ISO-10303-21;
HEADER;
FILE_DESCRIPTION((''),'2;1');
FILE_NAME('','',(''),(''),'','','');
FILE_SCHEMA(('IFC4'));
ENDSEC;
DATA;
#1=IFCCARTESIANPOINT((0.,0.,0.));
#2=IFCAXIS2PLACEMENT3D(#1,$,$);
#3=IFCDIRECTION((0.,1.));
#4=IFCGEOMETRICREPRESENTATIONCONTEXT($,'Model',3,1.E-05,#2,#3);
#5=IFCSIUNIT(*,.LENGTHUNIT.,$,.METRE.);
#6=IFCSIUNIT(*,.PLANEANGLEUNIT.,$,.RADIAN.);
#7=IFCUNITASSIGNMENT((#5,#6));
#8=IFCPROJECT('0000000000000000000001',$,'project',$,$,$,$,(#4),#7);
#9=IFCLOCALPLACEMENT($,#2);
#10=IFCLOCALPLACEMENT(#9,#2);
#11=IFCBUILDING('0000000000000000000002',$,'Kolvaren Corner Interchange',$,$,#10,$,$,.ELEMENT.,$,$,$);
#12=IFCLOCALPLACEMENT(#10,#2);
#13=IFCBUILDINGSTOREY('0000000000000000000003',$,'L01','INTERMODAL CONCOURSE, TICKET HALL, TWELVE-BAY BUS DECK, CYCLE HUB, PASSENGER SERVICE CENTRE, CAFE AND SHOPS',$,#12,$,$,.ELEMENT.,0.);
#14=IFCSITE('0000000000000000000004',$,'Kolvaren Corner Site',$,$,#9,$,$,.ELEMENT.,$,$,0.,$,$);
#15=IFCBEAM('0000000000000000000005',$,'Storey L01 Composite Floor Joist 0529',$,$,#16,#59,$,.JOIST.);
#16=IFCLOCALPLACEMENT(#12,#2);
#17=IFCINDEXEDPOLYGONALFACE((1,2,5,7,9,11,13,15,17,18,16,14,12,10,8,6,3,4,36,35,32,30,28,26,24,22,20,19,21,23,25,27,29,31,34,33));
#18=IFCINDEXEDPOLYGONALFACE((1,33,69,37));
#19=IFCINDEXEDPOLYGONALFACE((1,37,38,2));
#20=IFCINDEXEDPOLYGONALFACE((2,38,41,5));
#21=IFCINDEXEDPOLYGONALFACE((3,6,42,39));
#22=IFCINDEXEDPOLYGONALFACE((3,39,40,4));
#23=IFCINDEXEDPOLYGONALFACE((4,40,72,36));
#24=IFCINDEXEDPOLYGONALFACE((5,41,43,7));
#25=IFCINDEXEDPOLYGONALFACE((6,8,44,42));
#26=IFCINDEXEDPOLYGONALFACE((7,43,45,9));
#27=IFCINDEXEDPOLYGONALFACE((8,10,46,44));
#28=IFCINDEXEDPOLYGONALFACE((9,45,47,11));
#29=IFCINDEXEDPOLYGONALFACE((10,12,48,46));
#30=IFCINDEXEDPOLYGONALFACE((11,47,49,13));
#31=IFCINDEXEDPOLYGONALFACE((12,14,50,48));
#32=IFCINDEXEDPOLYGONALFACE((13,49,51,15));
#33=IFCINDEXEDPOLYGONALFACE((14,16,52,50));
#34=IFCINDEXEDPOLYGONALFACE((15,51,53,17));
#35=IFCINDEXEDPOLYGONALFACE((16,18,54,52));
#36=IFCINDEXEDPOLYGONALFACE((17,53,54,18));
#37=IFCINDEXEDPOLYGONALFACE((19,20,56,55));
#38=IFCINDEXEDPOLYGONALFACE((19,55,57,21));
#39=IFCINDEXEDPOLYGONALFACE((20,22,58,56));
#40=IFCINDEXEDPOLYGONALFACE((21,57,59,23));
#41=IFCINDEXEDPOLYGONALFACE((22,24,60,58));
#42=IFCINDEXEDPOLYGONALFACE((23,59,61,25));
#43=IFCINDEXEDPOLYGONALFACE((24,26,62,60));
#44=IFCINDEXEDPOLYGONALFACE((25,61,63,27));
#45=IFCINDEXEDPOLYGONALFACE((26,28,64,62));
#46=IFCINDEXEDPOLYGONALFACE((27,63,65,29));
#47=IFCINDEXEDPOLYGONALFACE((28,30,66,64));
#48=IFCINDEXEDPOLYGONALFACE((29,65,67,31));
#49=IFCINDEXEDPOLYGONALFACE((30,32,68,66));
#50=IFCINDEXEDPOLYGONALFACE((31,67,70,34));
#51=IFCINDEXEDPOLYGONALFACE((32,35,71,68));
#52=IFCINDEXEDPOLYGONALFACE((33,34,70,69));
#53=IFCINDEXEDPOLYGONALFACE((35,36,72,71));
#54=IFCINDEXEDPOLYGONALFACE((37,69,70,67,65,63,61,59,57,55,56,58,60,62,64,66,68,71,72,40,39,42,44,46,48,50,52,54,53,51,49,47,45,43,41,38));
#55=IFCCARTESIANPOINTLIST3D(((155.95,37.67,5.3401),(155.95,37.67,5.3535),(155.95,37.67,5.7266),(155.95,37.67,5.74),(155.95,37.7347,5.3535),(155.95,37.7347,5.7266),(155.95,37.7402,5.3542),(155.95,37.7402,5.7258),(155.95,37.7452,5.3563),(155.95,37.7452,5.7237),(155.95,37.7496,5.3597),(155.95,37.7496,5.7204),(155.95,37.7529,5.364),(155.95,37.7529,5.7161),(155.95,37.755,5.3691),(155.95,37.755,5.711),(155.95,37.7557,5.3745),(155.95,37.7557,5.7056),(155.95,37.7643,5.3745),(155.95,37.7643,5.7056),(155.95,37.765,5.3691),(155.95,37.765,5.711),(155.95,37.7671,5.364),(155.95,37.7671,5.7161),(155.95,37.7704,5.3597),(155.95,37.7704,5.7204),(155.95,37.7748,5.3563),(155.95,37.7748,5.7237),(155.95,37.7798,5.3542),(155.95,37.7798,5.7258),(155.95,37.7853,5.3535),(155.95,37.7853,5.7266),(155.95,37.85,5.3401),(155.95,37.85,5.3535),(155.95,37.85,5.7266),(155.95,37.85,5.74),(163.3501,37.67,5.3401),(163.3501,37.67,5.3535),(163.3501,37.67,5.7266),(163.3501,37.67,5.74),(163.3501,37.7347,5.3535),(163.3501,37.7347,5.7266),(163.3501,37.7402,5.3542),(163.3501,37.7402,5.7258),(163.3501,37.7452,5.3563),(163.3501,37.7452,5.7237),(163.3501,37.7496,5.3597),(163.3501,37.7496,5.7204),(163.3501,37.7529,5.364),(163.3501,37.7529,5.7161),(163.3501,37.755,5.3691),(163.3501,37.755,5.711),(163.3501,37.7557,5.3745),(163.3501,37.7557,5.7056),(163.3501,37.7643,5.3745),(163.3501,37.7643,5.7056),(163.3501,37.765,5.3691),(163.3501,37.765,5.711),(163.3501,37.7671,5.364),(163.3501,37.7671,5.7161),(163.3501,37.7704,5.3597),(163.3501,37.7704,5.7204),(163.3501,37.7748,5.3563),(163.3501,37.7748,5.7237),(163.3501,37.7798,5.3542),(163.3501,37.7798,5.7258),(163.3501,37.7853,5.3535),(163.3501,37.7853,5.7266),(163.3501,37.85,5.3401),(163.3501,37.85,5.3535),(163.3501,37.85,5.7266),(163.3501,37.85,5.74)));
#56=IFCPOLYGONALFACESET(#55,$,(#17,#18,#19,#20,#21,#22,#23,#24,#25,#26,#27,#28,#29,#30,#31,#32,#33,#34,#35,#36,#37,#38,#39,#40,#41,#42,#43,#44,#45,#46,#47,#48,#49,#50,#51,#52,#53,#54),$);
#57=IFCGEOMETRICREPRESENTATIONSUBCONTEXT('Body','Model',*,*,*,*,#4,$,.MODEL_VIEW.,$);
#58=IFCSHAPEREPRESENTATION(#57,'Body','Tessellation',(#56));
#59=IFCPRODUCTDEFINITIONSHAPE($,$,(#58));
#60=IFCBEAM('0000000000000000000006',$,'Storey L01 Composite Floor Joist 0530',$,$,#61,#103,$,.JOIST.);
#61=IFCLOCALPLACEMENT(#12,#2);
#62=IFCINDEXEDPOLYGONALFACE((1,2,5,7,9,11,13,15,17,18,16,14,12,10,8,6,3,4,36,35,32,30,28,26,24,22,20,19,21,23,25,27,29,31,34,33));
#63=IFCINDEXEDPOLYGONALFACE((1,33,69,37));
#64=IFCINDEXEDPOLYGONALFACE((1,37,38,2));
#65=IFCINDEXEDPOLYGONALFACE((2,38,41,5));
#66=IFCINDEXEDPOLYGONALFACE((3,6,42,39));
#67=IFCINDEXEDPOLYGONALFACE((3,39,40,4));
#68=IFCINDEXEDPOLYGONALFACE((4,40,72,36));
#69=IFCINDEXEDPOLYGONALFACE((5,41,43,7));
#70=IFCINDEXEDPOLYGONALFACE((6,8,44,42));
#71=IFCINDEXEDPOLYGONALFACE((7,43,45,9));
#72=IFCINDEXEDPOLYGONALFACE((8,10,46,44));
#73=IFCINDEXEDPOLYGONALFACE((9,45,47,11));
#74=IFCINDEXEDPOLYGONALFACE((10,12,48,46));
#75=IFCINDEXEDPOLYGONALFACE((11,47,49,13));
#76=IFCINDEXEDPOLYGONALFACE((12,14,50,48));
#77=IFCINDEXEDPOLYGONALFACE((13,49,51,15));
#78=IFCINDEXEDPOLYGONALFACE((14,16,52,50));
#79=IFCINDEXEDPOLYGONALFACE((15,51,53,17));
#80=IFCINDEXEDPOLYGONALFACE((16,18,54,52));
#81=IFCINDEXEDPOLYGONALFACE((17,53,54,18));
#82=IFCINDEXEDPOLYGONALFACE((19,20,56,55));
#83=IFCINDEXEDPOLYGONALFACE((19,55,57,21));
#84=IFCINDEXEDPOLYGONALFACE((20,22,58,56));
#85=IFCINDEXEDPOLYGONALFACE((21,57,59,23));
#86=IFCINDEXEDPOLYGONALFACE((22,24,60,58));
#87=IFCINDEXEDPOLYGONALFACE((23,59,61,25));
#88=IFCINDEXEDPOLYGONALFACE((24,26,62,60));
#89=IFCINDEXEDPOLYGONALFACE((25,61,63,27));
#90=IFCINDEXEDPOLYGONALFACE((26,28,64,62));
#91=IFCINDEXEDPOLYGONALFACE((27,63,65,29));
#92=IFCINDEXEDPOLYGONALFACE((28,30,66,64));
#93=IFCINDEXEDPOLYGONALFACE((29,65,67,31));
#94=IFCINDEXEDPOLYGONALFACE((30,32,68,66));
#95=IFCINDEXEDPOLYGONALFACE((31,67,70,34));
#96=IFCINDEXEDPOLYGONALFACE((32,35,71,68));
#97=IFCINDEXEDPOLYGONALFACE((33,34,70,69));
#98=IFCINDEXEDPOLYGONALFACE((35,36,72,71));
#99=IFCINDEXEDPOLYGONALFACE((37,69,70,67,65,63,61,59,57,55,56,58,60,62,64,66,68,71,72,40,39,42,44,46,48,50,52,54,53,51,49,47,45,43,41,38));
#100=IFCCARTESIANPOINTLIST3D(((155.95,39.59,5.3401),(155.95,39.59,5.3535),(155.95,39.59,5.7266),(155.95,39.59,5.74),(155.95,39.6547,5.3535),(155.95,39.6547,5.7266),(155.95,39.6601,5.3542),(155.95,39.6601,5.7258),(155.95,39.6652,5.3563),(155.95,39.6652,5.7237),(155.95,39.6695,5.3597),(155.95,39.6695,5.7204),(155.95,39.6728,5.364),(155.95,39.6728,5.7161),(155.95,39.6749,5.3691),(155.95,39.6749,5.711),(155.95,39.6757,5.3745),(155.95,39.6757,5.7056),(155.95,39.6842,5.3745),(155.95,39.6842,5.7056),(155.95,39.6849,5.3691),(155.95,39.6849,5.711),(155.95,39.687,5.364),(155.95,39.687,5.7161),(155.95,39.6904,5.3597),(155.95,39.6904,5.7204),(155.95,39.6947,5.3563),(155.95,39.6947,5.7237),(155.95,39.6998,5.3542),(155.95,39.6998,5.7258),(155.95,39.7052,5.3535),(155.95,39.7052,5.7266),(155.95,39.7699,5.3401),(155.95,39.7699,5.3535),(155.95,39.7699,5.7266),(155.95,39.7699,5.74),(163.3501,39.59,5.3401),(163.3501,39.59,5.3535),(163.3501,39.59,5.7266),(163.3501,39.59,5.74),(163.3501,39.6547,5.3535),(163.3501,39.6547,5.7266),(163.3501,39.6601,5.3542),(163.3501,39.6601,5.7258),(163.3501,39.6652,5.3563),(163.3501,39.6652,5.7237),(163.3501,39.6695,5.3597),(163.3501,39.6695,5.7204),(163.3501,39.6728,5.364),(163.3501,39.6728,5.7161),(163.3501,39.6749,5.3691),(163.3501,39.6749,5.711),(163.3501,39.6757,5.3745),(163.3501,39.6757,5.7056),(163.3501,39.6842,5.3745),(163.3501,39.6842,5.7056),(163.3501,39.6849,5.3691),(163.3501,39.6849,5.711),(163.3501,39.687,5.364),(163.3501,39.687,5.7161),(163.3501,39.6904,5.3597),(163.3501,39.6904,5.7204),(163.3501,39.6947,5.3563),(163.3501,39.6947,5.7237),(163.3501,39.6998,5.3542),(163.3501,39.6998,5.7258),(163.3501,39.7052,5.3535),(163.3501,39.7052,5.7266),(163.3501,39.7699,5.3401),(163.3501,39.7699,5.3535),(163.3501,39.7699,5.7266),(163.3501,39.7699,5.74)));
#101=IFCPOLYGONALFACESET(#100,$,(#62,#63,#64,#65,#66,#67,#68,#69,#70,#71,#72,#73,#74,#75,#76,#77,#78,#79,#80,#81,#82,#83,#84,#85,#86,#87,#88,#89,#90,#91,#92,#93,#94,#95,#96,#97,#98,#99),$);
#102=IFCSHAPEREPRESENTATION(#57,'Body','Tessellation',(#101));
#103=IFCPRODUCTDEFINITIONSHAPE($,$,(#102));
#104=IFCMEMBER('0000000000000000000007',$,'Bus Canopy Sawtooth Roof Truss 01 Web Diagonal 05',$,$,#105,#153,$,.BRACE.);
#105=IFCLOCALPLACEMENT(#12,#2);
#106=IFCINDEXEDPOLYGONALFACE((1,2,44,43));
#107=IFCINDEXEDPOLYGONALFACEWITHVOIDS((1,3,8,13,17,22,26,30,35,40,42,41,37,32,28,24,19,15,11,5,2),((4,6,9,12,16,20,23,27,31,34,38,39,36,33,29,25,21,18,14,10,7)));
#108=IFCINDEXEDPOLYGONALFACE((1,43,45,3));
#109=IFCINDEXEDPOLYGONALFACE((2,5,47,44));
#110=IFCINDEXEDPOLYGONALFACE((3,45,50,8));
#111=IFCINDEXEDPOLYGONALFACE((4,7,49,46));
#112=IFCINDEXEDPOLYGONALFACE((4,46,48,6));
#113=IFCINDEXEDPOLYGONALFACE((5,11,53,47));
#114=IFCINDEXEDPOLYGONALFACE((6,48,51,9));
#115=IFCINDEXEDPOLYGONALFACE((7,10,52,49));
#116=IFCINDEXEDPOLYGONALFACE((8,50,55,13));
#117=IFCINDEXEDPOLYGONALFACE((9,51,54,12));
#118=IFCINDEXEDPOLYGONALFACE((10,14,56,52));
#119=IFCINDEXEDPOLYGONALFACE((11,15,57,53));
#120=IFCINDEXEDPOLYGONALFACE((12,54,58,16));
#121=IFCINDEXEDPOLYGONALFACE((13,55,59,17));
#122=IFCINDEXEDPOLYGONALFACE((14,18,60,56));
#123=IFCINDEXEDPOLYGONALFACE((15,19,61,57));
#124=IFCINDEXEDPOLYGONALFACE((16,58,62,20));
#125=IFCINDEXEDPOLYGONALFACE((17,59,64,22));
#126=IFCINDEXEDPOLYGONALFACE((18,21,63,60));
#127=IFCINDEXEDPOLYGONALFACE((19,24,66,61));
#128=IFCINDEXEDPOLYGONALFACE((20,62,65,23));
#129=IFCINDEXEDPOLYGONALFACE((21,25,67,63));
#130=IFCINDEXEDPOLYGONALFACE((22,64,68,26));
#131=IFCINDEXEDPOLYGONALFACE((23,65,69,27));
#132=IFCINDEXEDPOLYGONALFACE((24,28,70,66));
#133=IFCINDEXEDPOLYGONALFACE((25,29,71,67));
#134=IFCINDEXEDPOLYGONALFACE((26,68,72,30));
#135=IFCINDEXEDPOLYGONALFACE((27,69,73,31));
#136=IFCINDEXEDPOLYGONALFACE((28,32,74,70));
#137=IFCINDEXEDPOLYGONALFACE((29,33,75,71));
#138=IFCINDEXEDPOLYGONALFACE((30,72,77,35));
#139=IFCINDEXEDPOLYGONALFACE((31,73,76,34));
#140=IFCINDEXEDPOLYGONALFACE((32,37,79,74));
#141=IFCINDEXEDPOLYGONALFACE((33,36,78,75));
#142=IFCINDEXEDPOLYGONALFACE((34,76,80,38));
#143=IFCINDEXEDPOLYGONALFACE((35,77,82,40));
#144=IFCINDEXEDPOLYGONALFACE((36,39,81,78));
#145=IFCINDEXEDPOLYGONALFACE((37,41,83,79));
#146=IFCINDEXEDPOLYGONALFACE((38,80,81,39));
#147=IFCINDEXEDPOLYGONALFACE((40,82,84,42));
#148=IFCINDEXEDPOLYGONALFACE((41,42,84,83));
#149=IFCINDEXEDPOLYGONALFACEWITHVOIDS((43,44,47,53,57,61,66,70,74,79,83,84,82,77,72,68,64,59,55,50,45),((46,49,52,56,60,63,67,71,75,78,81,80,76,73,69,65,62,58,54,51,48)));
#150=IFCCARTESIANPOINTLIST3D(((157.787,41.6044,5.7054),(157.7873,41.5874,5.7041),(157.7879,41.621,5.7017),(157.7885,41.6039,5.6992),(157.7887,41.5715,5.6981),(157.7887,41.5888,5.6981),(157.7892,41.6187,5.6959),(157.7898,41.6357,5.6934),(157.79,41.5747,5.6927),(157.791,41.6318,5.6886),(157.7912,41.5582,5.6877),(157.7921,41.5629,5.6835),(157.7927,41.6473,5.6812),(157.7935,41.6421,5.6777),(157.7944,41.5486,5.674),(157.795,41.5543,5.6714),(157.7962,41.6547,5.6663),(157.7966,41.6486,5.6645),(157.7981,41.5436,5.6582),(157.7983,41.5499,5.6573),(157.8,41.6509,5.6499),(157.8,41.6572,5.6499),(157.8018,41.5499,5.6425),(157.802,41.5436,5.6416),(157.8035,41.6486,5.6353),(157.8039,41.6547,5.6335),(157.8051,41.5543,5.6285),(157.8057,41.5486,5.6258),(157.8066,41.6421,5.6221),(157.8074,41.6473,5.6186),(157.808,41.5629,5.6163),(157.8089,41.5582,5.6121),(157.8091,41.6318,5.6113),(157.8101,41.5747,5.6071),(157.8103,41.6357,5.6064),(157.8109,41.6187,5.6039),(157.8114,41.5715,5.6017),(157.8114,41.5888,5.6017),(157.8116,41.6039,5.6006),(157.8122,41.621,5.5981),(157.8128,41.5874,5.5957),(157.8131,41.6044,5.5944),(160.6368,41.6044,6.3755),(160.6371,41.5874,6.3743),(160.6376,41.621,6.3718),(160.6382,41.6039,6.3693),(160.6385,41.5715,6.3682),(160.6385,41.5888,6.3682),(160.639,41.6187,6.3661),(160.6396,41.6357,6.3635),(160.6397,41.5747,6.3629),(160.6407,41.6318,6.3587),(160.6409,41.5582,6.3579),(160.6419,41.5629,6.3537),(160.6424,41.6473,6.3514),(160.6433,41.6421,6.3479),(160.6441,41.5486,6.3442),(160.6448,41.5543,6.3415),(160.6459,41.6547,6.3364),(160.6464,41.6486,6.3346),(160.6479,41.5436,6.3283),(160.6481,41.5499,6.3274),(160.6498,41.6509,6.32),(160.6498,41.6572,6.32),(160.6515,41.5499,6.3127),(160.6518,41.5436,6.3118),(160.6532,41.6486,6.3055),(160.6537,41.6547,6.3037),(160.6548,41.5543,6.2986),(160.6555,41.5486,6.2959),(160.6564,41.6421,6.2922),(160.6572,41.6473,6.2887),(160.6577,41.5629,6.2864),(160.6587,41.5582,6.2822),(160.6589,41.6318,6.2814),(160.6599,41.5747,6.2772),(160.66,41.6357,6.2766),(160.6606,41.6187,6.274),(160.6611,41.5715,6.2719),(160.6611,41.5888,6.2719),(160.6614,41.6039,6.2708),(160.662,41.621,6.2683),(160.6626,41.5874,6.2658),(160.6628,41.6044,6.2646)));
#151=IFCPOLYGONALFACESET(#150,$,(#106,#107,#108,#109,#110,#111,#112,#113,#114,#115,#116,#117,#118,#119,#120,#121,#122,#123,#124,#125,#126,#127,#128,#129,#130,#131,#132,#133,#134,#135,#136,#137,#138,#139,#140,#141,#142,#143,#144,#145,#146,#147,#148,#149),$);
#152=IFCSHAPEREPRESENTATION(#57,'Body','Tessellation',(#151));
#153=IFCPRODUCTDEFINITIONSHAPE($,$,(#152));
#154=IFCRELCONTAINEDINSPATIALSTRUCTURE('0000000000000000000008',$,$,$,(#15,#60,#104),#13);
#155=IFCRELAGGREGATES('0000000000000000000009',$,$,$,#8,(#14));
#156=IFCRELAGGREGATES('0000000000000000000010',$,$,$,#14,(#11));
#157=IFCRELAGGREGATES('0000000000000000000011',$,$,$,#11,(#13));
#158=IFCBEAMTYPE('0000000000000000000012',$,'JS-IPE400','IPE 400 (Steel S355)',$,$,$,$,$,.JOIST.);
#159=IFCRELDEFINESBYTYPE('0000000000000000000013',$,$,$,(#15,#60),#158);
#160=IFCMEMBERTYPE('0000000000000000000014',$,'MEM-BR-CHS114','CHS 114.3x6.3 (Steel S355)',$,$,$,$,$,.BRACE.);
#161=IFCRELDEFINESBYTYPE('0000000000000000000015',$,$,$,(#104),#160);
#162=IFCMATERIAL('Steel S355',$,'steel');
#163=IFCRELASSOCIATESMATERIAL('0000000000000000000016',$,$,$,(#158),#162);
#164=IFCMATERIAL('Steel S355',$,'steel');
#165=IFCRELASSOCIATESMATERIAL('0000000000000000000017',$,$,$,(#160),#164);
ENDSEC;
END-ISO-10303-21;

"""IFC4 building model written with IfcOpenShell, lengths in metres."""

from ifc_helpers import new_model, si_unit, direction, frame, origin, origin_2d, place, context, subcontext, project, spatial, hollow_circle, i_section, extrude, material, material_profile, profile_set, type_object, element, save


model = new_model("IFC4")

# Units and contexts
model_context = context("Model", 3, precision=1e-05, world=origin(), true_north=direction((0.0, 1.0)))
body_context = subcontext(model_context, "Body", "Model", "MODEL_VIEW")
ifc_project = project(units=[si_unit("LENGTHUNIT", "METRE"), si_unit("PLANEANGLEUNIT", "RADIAN")], contexts=[model_context])

# Site, building, storey
site_placement = place(None, origin())
site = spatial("IfcSite", under=ifc_project, at=site_placement, Name="Kolvaren Corner Site", CompositionType="ELEMENT", RefElevation=0.0)
building_placement = place(site_placement, origin())
building = spatial("IfcBuilding", under=site, at=building_placement, Name="Kolvaren Corner Interchange", CompositionType="ELEMENT")
storey_placement = place(building_placement, origin())
storey = spatial("IfcBuildingStorey", under=building, at=storey_placement, Name="L01", Description="INTERMODAL CONCOURSE, TICKET HALL, TWELVE-BAY BUS DECK, CYCLE HUB, PASSENGER SERVICE CENTRE, CAFE AND SHOPS", CompositionType="ELEMENT", Elevation=0.0)

# Beams
ifc_material_1 = material(Name="Steel S355", Category="steel")
ifc_material_profile_1 = material_profile(ifc_material_1, i_section(OverallWidth=0.1799, OverallDepth=0.3999, WebThickness=0.0085, FlangeThickness=0.0134, FilletRadius=0.021, at=origin_2d()), Name="IPE 400")
ifc_profile_set_1 = profile_set([ifc_material_profile_1], Name="Steel S355")
beam_type_1 = type_object("IfcBeamType", Name="JS-IPE400", Description="IPE 400 (Steel S355)", PredefinedType="JOIST", material=ifc_profile_set_1)
for number, where, z_axis, x_axis, name in (
    (1, (155.95, 37.76, 5.54), (1.0, 0.0, 0.0), (0.0, 1.0, 0.0), "Storey L01 Composite Floor Joist 0529"),
    (2, (155.95, 39.6799, 5.54), (1.0, 0.0, 0.0), (0.0, 1.0, 0.0), "Storey L01 Composite Floor Joist 0530"),
):
    element("IfcBeam", number, at=place(storey_placement, frame(where, z_axis=z_axis, x_axis=x_axis)), inside=storey, type_object=beam_type_1, Name=name, PredefinedType="JOIST", context=body_context, shape_type="SweptSolid", body=[
        extrude(i_section(OverallWidth=0.1799, OverallDepth=0.3999, WebThickness=0.0085, FlangeThickness=0.0134, FilletRadius=0.021, at=origin_2d()), origin(), (0.0, 0.0, 1.0), 7.4001),
    ])

# Member
ifc_material_2 = material(Name="Steel S355", Category="steel")
ifc_material_profile_2 = material_profile(ifc_material_2, hollow_circle(Radius=0.0571, WallThickness=0.0063, at=origin_2d()), Name="CHS 114.3x6.3")
ifc_profile_set_2 = profile_set([ifc_material_profile_2], Name="Steel S355")
member_type_1 = type_object("IfcMemberType", Name="MEM-BR-CHS114", Description="CHS 114.3x6.3 (Steel S355)", PredefinedType="BRACE", material=ifc_profile_set_2)
member_1_placement = place(storey_placement, frame((157.8, 41.6001, 5.6499), z_axis=(0.973447, 0.0, 0.228914), x_axis=(0.0, 1.0, 0.0)))
element("IfcMember", 3, at=member_1_placement, inside=storey, type_object=member_type_1, Name="Bus Canopy Sawtooth Roof Truss 01 Web Diagonal 05", PredefinedType="BRACE", context=body_context, shape_type="SweptSolid", body=[
    extrude(hollow_circle(Radius=0.0571, WallThickness=0.0063, at=origin_2d()), origin(), (0.0, 0.0, 1.0), 2.9275),
])

save(model, "model.ifc")
